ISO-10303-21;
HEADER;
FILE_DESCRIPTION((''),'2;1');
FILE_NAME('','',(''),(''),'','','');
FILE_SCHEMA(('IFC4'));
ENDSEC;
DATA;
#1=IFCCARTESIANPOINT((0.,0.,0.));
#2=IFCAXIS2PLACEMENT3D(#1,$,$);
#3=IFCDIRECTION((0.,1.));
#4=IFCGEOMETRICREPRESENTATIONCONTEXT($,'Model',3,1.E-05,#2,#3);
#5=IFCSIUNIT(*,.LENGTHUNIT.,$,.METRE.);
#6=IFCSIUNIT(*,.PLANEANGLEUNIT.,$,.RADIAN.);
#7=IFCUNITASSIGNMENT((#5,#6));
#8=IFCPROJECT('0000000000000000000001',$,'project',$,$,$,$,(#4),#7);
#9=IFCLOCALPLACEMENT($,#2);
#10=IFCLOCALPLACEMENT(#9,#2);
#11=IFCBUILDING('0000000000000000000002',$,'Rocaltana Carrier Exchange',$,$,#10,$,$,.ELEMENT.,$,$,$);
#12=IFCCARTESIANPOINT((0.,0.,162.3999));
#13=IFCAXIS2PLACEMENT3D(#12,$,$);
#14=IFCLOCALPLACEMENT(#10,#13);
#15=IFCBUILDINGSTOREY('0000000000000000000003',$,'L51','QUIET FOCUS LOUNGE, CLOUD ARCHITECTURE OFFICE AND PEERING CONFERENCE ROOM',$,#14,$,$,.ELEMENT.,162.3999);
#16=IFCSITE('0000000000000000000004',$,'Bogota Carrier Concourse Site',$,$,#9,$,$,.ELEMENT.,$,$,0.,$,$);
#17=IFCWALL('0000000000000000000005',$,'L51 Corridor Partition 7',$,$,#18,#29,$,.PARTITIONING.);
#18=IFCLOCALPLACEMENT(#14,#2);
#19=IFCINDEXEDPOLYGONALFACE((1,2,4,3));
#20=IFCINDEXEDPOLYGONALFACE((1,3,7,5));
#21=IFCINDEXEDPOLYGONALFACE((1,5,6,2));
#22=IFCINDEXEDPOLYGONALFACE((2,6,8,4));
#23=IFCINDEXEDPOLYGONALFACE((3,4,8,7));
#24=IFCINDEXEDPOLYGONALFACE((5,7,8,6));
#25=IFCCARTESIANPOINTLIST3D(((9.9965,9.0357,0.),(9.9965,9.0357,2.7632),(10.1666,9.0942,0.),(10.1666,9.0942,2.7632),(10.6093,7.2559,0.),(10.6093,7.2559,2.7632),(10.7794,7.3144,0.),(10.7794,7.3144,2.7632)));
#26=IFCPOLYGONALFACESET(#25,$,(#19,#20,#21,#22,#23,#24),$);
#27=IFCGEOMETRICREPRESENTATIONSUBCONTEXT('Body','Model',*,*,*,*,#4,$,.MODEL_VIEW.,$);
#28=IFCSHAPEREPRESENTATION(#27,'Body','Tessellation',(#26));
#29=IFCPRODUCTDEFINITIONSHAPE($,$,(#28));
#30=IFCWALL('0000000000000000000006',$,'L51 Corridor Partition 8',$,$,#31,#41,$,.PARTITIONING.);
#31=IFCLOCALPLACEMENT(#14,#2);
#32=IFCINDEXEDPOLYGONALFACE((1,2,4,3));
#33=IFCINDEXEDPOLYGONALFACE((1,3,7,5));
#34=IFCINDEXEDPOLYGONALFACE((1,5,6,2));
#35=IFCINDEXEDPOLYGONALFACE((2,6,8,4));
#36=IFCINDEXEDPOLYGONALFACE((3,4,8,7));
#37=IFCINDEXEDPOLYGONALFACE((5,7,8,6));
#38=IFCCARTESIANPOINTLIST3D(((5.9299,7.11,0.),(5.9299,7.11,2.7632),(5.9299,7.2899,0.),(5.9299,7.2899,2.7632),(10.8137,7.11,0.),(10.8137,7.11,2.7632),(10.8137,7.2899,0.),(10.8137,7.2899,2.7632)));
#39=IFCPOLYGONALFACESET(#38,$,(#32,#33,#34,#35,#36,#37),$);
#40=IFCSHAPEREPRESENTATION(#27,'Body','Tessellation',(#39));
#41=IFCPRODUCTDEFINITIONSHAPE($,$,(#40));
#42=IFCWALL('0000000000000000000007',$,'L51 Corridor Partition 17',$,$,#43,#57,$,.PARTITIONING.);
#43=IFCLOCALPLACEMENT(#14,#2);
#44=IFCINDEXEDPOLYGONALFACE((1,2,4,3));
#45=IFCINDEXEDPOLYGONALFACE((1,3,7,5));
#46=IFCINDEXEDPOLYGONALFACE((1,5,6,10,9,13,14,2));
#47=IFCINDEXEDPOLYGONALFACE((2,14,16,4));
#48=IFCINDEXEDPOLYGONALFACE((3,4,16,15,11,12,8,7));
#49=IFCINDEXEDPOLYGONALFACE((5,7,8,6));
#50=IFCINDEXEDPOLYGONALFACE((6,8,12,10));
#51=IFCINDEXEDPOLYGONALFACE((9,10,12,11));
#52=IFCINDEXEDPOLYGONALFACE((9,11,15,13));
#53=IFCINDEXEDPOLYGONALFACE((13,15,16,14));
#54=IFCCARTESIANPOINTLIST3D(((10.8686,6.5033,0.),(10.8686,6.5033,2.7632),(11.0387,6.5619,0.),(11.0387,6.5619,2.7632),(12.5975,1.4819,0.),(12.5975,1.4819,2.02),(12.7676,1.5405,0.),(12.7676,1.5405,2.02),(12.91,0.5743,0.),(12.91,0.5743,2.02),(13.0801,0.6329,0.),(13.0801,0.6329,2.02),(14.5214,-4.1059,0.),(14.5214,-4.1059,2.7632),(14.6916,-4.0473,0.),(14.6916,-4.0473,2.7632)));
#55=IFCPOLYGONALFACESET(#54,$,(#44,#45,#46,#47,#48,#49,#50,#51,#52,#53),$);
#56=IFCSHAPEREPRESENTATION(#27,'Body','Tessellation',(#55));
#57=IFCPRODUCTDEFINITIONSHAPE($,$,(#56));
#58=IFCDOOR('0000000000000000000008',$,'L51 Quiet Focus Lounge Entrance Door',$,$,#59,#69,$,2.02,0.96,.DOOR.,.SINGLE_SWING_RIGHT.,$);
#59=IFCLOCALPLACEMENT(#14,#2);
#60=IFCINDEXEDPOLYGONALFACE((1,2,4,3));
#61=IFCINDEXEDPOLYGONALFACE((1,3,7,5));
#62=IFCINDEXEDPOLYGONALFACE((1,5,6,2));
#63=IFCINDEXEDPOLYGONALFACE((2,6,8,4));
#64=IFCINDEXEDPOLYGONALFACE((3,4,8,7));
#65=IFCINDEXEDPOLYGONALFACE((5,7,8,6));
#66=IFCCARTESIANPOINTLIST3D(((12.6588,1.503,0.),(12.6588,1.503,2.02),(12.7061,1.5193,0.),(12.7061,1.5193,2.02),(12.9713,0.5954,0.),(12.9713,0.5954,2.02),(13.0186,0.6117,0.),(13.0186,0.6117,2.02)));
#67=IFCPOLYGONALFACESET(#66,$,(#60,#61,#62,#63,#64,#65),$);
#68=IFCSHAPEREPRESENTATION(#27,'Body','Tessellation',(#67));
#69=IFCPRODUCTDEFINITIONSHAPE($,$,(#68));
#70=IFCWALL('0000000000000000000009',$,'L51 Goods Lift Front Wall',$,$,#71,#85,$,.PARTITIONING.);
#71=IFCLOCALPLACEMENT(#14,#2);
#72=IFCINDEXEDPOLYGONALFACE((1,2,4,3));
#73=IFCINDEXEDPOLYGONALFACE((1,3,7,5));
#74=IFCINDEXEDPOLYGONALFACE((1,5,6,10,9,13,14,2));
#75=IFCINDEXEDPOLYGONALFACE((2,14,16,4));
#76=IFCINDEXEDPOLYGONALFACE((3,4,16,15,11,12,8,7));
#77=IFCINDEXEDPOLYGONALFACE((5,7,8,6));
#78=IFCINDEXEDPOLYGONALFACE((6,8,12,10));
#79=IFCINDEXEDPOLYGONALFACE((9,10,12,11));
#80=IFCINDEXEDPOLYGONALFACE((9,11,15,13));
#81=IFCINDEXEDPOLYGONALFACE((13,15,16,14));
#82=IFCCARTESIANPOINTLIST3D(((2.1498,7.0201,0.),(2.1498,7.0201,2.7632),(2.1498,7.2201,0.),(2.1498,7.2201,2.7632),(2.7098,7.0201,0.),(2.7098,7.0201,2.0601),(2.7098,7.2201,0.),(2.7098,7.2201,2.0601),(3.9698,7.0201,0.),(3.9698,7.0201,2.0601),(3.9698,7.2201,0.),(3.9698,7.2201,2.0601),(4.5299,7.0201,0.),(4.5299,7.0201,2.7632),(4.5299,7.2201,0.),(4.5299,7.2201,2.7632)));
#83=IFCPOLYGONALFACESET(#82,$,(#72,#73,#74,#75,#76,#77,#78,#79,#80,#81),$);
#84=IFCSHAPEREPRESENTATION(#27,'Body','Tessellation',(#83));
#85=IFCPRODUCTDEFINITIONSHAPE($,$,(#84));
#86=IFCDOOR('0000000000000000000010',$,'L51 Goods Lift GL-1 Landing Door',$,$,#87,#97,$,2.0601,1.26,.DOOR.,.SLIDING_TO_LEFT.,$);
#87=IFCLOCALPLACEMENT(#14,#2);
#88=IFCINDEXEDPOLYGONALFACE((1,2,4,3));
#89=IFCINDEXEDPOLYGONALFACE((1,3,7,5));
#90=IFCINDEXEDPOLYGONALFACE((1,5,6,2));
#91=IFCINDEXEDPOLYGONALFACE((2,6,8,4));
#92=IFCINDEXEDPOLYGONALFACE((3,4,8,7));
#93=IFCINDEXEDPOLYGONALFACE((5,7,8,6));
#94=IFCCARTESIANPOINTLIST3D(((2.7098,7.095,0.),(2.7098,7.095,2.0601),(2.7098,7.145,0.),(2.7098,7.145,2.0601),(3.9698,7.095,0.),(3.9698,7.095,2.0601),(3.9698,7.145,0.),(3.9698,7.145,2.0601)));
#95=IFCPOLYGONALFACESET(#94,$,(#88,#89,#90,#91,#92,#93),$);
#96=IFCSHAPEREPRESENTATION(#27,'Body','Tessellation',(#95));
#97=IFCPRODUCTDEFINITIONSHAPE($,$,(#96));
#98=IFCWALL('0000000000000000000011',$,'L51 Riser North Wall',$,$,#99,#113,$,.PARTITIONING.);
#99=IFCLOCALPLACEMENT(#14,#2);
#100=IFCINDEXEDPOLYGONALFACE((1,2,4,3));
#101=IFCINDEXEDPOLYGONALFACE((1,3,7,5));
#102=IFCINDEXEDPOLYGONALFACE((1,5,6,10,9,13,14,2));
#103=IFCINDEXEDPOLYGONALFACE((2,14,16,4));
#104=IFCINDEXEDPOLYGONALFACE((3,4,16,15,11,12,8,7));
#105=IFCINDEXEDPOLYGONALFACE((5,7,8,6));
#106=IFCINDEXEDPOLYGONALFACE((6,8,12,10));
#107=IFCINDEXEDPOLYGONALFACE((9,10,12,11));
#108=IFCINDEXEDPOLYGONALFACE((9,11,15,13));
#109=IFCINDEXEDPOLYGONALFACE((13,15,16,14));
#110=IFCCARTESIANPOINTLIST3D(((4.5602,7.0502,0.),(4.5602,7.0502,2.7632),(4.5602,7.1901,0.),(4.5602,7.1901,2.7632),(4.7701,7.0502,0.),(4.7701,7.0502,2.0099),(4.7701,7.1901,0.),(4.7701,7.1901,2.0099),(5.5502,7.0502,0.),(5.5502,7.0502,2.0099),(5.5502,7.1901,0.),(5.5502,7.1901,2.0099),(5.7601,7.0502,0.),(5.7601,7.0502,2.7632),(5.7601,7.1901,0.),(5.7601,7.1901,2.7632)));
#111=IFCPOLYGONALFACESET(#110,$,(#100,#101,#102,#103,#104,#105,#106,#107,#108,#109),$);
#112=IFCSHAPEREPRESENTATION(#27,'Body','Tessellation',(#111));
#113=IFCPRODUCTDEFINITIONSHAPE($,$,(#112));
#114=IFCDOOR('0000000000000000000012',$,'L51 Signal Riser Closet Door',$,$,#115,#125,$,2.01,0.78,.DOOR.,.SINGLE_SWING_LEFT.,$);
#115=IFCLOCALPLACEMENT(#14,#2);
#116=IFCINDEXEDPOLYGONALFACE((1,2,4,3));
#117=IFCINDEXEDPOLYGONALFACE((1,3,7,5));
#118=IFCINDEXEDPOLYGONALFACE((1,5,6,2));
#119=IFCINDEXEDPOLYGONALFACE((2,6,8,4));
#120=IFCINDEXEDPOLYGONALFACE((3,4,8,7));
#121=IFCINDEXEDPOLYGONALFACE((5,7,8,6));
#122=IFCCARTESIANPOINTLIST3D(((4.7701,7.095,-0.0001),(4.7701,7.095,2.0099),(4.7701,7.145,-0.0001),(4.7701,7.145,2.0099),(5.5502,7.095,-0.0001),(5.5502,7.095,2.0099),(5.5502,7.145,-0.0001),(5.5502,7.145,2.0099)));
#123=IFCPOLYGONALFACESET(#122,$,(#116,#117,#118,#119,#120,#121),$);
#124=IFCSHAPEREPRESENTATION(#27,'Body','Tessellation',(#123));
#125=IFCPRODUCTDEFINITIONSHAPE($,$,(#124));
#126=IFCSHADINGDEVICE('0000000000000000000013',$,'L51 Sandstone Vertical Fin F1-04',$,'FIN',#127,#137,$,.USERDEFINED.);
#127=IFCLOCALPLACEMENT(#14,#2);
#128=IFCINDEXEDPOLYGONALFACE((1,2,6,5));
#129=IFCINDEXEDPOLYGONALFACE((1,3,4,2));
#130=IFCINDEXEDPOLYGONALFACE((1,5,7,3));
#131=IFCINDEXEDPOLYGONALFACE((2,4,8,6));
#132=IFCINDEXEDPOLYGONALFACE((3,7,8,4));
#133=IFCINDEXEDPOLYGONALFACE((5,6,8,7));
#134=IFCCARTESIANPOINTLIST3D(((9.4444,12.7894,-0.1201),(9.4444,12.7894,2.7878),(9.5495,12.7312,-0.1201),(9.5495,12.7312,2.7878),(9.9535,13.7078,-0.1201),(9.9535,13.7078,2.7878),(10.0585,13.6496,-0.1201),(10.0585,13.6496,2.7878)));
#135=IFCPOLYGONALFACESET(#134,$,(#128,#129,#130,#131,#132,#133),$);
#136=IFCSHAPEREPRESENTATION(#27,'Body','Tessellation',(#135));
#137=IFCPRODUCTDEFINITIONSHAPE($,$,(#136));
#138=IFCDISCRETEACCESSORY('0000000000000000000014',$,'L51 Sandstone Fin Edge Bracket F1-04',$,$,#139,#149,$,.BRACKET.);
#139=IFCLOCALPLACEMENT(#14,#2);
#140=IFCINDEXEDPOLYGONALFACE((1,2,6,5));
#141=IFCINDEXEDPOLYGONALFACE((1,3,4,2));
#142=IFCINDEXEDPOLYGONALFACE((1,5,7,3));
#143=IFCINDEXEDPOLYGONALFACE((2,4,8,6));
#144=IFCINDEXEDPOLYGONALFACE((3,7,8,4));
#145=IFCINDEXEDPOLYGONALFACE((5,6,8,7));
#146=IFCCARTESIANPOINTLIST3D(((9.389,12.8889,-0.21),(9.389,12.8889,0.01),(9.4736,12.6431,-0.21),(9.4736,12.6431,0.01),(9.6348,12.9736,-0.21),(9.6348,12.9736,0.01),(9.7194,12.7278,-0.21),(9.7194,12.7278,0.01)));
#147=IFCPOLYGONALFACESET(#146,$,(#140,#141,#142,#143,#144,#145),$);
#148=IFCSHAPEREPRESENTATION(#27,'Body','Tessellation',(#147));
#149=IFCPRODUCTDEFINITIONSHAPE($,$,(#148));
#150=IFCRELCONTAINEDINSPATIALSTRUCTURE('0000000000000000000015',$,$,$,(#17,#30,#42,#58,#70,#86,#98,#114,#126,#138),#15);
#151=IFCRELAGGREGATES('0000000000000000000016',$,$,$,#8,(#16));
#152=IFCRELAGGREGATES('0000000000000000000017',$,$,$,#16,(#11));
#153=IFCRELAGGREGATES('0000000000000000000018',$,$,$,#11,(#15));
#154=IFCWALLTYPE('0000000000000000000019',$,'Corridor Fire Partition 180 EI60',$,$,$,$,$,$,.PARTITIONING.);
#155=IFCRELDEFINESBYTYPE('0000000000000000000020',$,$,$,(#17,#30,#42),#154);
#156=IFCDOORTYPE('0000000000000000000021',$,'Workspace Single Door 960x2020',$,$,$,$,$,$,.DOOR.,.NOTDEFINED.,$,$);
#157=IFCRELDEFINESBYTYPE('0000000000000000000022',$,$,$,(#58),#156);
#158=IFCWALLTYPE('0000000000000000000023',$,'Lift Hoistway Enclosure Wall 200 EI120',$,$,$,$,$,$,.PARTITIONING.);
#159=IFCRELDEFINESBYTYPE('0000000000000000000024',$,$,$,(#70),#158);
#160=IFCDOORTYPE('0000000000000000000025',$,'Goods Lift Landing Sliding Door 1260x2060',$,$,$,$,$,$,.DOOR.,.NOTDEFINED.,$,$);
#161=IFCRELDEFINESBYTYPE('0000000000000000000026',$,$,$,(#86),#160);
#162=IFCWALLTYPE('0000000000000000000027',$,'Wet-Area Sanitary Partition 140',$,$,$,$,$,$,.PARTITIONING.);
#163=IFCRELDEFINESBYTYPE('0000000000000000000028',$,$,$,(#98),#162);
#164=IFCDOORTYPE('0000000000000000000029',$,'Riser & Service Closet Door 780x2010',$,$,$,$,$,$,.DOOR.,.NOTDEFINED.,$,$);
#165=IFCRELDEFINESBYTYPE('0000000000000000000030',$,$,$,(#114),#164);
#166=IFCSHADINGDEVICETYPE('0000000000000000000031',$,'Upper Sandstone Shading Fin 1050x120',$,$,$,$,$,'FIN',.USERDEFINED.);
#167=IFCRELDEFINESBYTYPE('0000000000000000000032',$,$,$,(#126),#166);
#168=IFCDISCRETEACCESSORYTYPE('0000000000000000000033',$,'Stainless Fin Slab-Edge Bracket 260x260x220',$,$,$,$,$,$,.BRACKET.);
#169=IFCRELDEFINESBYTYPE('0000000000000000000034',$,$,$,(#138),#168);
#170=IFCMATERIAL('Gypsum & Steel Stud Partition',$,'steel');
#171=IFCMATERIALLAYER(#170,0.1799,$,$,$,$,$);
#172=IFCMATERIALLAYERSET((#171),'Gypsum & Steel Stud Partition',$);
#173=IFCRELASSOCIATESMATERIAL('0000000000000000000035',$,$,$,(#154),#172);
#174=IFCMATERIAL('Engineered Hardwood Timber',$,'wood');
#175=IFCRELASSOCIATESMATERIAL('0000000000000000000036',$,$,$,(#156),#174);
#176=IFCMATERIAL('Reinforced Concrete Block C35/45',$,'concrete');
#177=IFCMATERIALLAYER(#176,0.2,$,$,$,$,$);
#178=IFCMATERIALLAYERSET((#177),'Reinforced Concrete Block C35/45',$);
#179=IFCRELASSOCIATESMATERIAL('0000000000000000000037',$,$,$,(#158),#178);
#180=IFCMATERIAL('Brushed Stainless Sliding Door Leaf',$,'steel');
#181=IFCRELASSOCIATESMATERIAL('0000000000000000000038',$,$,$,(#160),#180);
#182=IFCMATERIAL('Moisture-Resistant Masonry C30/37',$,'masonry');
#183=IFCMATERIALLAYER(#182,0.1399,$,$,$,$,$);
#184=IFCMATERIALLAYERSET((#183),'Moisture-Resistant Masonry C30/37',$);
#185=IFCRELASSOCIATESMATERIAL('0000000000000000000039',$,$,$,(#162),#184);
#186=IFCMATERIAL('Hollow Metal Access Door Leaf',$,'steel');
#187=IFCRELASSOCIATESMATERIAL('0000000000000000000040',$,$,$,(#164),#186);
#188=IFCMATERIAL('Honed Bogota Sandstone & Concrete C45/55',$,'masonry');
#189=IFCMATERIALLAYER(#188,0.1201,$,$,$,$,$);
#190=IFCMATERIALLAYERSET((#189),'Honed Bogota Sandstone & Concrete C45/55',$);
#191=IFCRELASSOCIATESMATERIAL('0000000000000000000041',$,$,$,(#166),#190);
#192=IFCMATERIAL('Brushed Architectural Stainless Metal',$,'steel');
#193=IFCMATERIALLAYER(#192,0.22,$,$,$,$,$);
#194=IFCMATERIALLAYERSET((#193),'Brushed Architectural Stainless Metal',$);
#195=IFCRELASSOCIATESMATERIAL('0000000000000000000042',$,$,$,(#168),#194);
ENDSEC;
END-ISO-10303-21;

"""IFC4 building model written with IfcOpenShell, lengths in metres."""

from ifc_helpers import new_model, si_unit, direction, frame, frame_2d, origin, origin_2d, place, context, subcontext, project, spatial, rectangle, extrude, material, layer, layer_set, type_object, element, fill, save


model = new_model("IFC4")

# Units and contexts
model_context = context("Model", 3, precision=1e-05, world=origin(), true_north=direction((0.0, 1.0)))
body_context = subcontext(model_context, "Body", "Model", "MODEL_VIEW")
ifc_project = project(units=[si_unit("LENGTHUNIT", "METRE"), si_unit("PLANEANGLEUNIT", "RADIAN")], contexts=[model_context])

# Site, building, storey
site_placement = place(None, origin())
site = spatial("IfcSite", under=ifc_project, at=site_placement, Name="Bogota Carrier Concourse Site", CompositionType="ELEMENT", RefElevation=0.0)
building_placement = place(site_placement, origin())
building = spatial("IfcBuilding", under=site, at=building_placement, Name="Rocaltana Carrier Exchange", CompositionType="ELEMENT")
storey_placement = place(building_placement, frame((0.0, 0.0, 162.3999)))
storey = spatial("IfcBuildingStorey", under=building, at=storey_placement, Name="L51", Description="QUIET FOCUS LOUNGE, CLOUD ARCHITECTURE OFFICE AND PEERING CONFERENCE ROOM", CompositionType="ELEMENT", Elevation=162.3999)

# Walls
ifc_material_1 = material(Name="Gypsum & Steel Stud Partition", Category="steel")
ifc_layer_1 = layer(ifc_material_1, 0.1799)
ifc_layer_set_1 = layer_set([ifc_layer_1], Name="Gypsum & Steel Stud Partition")
wall_type_1 = type_object("IfcWallType", Name="Corridor Fire Partition 180 EI60", PredefinedType="PARTITIONING", material=ifc_layer_set_1)
wall_1_placement = place(storey_placement, frame((10.0815, 9.0649, 0.0), z_axis=(0.0, 0.0, 1.0), x_axis=(0.325551, -0.945524, 0.0)))
element("IfcWall", 1, at=wall_1_placement, inside=storey, type_object=wall_type_1, Name="L51 Corridor Partition 7", PredefinedType="PARTITIONING", context=body_context, shape_type="SweptSolid", body=[
    extrude(rectangle(XDim=1.8823, YDim=0.1799, at=frame_2d((0.9412, 0.0))), origin(), (0.0, 0.0, 1.0), 2.7632),
])
wall_2_placement = place(storey_placement, frame((10.8137, 7.2, 0.0), z_axis=(0.0, 0.0, 1.0), x_axis=(-1.0, 0.0, 0.0)))
element("IfcWall", 2, at=wall_2_placement, inside=storey, type_object=wall_type_1, Name="L51 Corridor Partition 8", PredefinedType="PARTITIONING", context=body_context, shape_type="SweptSolid", body=[
    extrude(rectangle(XDim=4.8838, YDim=0.1799, at=frame_2d((2.4419, 0.0))), origin(), (0.0, 0.0, 1.0), 2.7632),
])

# Walls, openings, doors
wall_3_placement = place(storey_placement, frame((10.9536, 6.5327, 0.0), z_axis=(0.0, 0.0, 1.0), x_axis=(0.325553, -0.945524, 0.0)))
wall_3 = element("IfcWall", 3, at=wall_3_placement, inside=storey, type_object=wall_type_1, Name="L51 Corridor Partition 17", PredefinedType="PARTITIONING", context=body_context, shape_type="SweptSolid", body=[
    extrude(rectangle(XDim=11.2205, YDim=0.1799, at=frame_2d((5.6104, 0.0))), origin(), (0.0, 0.0, 1.0), 2.7632),
])
opening_1_placement = place(wall_3_placement, frame((5.3108, 0.0, 0.0)))
opening_1 = element("IfcOpeningElement", 4, at=opening_1_placement, cuts=wall_3, PredefinedType="OPENING", context=body_context, shape_type="SweptSolid", body=[
    extrude(rectangle(XDim=0.96, YDim=2.02, at=frame_2d((0.48, 1.01))), frame((0.0, 0.0999, 0.0), z_axis=(0.0, -1.0, 0.0), x_axis=(1.0, 0.0, 0.0)), (0.0, 0.0, 1.0), 0.2),
])
ifc_material_2 = material(Name="Engineered Hardwood Timber", Category="wood")
door_type_1 = type_object("IfcDoorType", Name="Workspace Single Door 960x2020", OperationType="NOTDEFINED", PredefinedType="DOOR", material=ifc_material_2)
door_1_placement = place(opening_1_placement, origin())
door_1 = element("IfcDoor", 5, at=door_1_placement, inside=storey, type_object=door_type_1, Name="L51 Quiet Focus Lounge Entrance Door", OperationType="SINGLE_SWING_RIGHT", OverallHeight=2.02, OverallWidth=0.96, PredefinedType="DOOR", context=body_context, shape_type="SweptSolid", body=[
    extrude(rectangle(XDim=0.96, YDim=2.02, at=frame_2d((0.48, 1.01))), frame((0.0, 0.0249, 0.0), z_axis=(0.0, -1.0, 0.0), x_axis=(1.0, 0.0, 0.0)), (0.0, 0.0, 1.0), 0.05),
])
fill(opening_1, door_1)
ifc_material_3 = material(Name="Reinforced Concrete Block C35/45", Category="concrete")
ifc_layer_2 = layer(ifc_material_3, 0.2)
ifc_layer_set_2 = layer_set([ifc_layer_2], Name="Reinforced Concrete Block C35/45")
wall_type_2 = type_object("IfcWallType", Name="Lift Hoistway Enclosure Wall 200 EI120", PredefinedType="PARTITIONING", material=ifc_layer_set_2)
wall_4_placement = place(storey_placement, frame((2.1499, 7.1201, 0.0), z_axis=(0.0, 0.0, 1.0), x_axis=(1.0, 0.0, 0.0)))
wall_4 = element("IfcWall", 6, at=wall_4_placement, inside=storey, type_object=wall_type_2, Name="L51 Goods Lift Front Wall", PredefinedType="PARTITIONING", context=body_context, shape_type="SweptSolid", body=[
    extrude(rectangle(XDim=2.3801, YDim=0.2, at=frame_2d((1.1899, 0.0))), origin(), (0.0, 0.0, 1.0), 2.7632),
])
opening_2_placement = place(wall_4_placement, frame((0.5601, 0.0, 0.0)))
opening_2 = element("IfcOpeningElement", 7, at=opening_2_placement, cuts=wall_4, PredefinedType="OPENING", context=body_context, shape_type="SweptSolid", body=[
    extrude(rectangle(XDim=1.26, YDim=2.0601, at=frame_2d((0.6299, 1.03))), frame((0.0, 0.1099, 0.0), z_axis=(0.0, -1.0, 0.0), x_axis=(1.0, 0.0, 0.0)), (0.0, 0.0, 1.0), 0.22),
])
ifc_material_4 = material(Name="Brushed Stainless Sliding Door Leaf", Category="steel")
door_type_2 = type_object("IfcDoorType", Name="Goods Lift Landing Sliding Door 1260x2060", OperationType="NOTDEFINED", PredefinedType="DOOR", material=ifc_material_4)
door_2_placement = place(opening_2_placement, origin())
door_2 = element("IfcDoor", 8, at=door_2_placement, inside=storey, type_object=door_type_2, Name="L51 Goods Lift GL-1 Landing Door", OperationType="SLIDING_TO_LEFT", OverallHeight=2.0601, OverallWidth=1.26, PredefinedType="DOOR", context=body_context, shape_type="SweptSolid", body=[
    extrude(rectangle(XDim=1.26, YDim=2.0601, at=frame_2d((0.6299, 1.03))), frame((0.0, 0.0249, 0.0), z_axis=(0.0, -1.0, 0.0), x_axis=(1.0, 0.0, 0.0)), (0.0, 0.0, 1.0), 0.05),
])
fill(opening_2, door_2)
ifc_material_5 = material(Name="Moisture-Resistant Masonry C30/37", Category="masonry")
ifc_layer_3 = layer(ifc_material_5, 0.1399)
ifc_layer_set_3 = layer_set([ifc_layer_3], Name="Moisture-Resistant Masonry C30/37")
wall_type_3 = type_object("IfcWallType", Name="Wet-Area Sanitary Partition 140", PredefinedType="PARTITIONING", material=ifc_layer_set_3)
wall_5_placement = place(storey_placement, frame((4.5601, 7.1201, 0.0), z_axis=(0.0, 0.0, 1.0), x_axis=(1.0, 0.0, 0.0)))
wall_5 = element("IfcWall", 9, at=wall_5_placement, inside=storey, type_object=wall_type_3, Name="L51 Riser North Wall", PredefinedType="PARTITIONING", context=body_context, shape_type="SweptSolid", body=[
    extrude(rectangle(XDim=1.2, YDim=0.1399, at=frame_2d((0.6001, 0.0))), origin(), (0.0, 0.0, 1.0), 2.7632),
])
opening_3_placement = place(wall_5_placement, frame((0.21, 0.0, 0.0)))
opening_3 = element("IfcOpeningElement", 10, at=opening_3_placement, cuts=wall_5, PredefinedType="OPENING", context=body_context, shape_type="SweptSolid", body=[
    extrude(rectangle(XDim=0.78, YDim=2.01, at=frame_2d((0.3901, 1.0049))), frame((0.0, 0.0798, 0.0), z_axis=(0.0, -1.0, 0.0), x_axis=(1.0, 0.0, 0.0)), (0.0, 0.0, 1.0), 0.1599),
])
ifc_material_6 = material(Name="Hollow Metal Access Door Leaf", Category="steel")
door_type_3 = type_object("IfcDoorType", Name="Riser & Service Closet Door 780x2010", OperationType="NOTDEFINED", PredefinedType="DOOR", material=ifc_material_6)
door_3_placement = place(opening_3_placement, origin())
door_3 = element("IfcDoor", 11, at=door_3_placement, inside=storey, type_object=door_type_3, Name="L51 Signal Riser Closet Door", OperationType="SINGLE_SWING_LEFT", OverallHeight=2.01, OverallWidth=0.78, PredefinedType="DOOR", context=body_context, shape_type="SweptSolid", body=[
    extrude(rectangle(XDim=0.78, YDim=2.01, at=frame_2d((0.3901, 1.0049))), frame((0.0, 0.0249, 0.0), z_axis=(0.0, -1.0, 0.0), x_axis=(1.0, 0.0, 0.0)), (0.0, 0.0, 1.0), 0.05),
])
fill(opening_3, door_3)

# Shading device
ifc_material_7 = material(Name="Honed Bogota Sandstone & Concrete C45/55", Category="masonry")
ifc_layer_4 = layer(ifc_material_7, 0.1201)
ifc_layer_set_4 = layer_set([ifc_layer_4], Name="Honed Bogota Sandstone & Concrete C45/55")
shading_device_type = type_object("IfcShadingDeviceType", Name="Upper Sandstone Shading Fin 1050x120", ElementType="FIN", PredefinedType="USERDEFINED", material=ifc_layer_set_4)
shading_device_placement = place(storey_placement, frame((9.7515, 13.2195, -0.1201), z_axis=(0.0, 0.0, 1.0), x_axis=(0.48481, 0.87462, 0.0)))
element("IfcShadingDevice", 12, at=shading_device_placement, inside=storey, type_object=shading_device_type, Name="L51 Sandstone Vertical Fin F1-04", ObjectType="FIN", PredefinedType="USERDEFINED", context=body_context, shape_type="SweptSolid", body=[
    extrude(rectangle(XDim=1.05, YDim=0.1201, at=origin_2d()), origin(), (0.0, 0.0, 1.0), 2.908),
])

# Discrete accessory
ifc_material_8 = material(Name="Brushed Architectural Stainless Metal", Category="steel")
ifc_layer_5 = layer(ifc_material_8, 0.22)
ifc_layer_set_5 = layer_set([ifc_layer_5], Name="Brushed Architectural Stainless Metal")
discrete_accessory_type = type_object("IfcDiscreteAccessoryType", Name="Stainless Fin Slab-Edge Bracket 260x260x220", PredefinedType="BRACKET", material=ifc_layer_set_5)
discrete_accessory_placement = place(storey_placement, frame((9.5542, 12.8083, -0.21), z_axis=(0.0, 0.0, 1.0), x_axis=(-0.325568, 0.945519, 0.0)))
element("IfcDiscreteAccessory", 13, at=discrete_accessory_placement, inside=storey, type_object=discrete_accessory_type, Name="L51 Sandstone Fin Edge Bracket F1-04", PredefinedType="BRACKET", context=body_context, shape_type="SweptSolid", body=[
    extrude(rectangle(XDim=0.26, YDim=0.26, at=origin_2d()), origin(), (0.0, 0.0, 1.0), 0.22),
])

save(model, "model.ifc")
